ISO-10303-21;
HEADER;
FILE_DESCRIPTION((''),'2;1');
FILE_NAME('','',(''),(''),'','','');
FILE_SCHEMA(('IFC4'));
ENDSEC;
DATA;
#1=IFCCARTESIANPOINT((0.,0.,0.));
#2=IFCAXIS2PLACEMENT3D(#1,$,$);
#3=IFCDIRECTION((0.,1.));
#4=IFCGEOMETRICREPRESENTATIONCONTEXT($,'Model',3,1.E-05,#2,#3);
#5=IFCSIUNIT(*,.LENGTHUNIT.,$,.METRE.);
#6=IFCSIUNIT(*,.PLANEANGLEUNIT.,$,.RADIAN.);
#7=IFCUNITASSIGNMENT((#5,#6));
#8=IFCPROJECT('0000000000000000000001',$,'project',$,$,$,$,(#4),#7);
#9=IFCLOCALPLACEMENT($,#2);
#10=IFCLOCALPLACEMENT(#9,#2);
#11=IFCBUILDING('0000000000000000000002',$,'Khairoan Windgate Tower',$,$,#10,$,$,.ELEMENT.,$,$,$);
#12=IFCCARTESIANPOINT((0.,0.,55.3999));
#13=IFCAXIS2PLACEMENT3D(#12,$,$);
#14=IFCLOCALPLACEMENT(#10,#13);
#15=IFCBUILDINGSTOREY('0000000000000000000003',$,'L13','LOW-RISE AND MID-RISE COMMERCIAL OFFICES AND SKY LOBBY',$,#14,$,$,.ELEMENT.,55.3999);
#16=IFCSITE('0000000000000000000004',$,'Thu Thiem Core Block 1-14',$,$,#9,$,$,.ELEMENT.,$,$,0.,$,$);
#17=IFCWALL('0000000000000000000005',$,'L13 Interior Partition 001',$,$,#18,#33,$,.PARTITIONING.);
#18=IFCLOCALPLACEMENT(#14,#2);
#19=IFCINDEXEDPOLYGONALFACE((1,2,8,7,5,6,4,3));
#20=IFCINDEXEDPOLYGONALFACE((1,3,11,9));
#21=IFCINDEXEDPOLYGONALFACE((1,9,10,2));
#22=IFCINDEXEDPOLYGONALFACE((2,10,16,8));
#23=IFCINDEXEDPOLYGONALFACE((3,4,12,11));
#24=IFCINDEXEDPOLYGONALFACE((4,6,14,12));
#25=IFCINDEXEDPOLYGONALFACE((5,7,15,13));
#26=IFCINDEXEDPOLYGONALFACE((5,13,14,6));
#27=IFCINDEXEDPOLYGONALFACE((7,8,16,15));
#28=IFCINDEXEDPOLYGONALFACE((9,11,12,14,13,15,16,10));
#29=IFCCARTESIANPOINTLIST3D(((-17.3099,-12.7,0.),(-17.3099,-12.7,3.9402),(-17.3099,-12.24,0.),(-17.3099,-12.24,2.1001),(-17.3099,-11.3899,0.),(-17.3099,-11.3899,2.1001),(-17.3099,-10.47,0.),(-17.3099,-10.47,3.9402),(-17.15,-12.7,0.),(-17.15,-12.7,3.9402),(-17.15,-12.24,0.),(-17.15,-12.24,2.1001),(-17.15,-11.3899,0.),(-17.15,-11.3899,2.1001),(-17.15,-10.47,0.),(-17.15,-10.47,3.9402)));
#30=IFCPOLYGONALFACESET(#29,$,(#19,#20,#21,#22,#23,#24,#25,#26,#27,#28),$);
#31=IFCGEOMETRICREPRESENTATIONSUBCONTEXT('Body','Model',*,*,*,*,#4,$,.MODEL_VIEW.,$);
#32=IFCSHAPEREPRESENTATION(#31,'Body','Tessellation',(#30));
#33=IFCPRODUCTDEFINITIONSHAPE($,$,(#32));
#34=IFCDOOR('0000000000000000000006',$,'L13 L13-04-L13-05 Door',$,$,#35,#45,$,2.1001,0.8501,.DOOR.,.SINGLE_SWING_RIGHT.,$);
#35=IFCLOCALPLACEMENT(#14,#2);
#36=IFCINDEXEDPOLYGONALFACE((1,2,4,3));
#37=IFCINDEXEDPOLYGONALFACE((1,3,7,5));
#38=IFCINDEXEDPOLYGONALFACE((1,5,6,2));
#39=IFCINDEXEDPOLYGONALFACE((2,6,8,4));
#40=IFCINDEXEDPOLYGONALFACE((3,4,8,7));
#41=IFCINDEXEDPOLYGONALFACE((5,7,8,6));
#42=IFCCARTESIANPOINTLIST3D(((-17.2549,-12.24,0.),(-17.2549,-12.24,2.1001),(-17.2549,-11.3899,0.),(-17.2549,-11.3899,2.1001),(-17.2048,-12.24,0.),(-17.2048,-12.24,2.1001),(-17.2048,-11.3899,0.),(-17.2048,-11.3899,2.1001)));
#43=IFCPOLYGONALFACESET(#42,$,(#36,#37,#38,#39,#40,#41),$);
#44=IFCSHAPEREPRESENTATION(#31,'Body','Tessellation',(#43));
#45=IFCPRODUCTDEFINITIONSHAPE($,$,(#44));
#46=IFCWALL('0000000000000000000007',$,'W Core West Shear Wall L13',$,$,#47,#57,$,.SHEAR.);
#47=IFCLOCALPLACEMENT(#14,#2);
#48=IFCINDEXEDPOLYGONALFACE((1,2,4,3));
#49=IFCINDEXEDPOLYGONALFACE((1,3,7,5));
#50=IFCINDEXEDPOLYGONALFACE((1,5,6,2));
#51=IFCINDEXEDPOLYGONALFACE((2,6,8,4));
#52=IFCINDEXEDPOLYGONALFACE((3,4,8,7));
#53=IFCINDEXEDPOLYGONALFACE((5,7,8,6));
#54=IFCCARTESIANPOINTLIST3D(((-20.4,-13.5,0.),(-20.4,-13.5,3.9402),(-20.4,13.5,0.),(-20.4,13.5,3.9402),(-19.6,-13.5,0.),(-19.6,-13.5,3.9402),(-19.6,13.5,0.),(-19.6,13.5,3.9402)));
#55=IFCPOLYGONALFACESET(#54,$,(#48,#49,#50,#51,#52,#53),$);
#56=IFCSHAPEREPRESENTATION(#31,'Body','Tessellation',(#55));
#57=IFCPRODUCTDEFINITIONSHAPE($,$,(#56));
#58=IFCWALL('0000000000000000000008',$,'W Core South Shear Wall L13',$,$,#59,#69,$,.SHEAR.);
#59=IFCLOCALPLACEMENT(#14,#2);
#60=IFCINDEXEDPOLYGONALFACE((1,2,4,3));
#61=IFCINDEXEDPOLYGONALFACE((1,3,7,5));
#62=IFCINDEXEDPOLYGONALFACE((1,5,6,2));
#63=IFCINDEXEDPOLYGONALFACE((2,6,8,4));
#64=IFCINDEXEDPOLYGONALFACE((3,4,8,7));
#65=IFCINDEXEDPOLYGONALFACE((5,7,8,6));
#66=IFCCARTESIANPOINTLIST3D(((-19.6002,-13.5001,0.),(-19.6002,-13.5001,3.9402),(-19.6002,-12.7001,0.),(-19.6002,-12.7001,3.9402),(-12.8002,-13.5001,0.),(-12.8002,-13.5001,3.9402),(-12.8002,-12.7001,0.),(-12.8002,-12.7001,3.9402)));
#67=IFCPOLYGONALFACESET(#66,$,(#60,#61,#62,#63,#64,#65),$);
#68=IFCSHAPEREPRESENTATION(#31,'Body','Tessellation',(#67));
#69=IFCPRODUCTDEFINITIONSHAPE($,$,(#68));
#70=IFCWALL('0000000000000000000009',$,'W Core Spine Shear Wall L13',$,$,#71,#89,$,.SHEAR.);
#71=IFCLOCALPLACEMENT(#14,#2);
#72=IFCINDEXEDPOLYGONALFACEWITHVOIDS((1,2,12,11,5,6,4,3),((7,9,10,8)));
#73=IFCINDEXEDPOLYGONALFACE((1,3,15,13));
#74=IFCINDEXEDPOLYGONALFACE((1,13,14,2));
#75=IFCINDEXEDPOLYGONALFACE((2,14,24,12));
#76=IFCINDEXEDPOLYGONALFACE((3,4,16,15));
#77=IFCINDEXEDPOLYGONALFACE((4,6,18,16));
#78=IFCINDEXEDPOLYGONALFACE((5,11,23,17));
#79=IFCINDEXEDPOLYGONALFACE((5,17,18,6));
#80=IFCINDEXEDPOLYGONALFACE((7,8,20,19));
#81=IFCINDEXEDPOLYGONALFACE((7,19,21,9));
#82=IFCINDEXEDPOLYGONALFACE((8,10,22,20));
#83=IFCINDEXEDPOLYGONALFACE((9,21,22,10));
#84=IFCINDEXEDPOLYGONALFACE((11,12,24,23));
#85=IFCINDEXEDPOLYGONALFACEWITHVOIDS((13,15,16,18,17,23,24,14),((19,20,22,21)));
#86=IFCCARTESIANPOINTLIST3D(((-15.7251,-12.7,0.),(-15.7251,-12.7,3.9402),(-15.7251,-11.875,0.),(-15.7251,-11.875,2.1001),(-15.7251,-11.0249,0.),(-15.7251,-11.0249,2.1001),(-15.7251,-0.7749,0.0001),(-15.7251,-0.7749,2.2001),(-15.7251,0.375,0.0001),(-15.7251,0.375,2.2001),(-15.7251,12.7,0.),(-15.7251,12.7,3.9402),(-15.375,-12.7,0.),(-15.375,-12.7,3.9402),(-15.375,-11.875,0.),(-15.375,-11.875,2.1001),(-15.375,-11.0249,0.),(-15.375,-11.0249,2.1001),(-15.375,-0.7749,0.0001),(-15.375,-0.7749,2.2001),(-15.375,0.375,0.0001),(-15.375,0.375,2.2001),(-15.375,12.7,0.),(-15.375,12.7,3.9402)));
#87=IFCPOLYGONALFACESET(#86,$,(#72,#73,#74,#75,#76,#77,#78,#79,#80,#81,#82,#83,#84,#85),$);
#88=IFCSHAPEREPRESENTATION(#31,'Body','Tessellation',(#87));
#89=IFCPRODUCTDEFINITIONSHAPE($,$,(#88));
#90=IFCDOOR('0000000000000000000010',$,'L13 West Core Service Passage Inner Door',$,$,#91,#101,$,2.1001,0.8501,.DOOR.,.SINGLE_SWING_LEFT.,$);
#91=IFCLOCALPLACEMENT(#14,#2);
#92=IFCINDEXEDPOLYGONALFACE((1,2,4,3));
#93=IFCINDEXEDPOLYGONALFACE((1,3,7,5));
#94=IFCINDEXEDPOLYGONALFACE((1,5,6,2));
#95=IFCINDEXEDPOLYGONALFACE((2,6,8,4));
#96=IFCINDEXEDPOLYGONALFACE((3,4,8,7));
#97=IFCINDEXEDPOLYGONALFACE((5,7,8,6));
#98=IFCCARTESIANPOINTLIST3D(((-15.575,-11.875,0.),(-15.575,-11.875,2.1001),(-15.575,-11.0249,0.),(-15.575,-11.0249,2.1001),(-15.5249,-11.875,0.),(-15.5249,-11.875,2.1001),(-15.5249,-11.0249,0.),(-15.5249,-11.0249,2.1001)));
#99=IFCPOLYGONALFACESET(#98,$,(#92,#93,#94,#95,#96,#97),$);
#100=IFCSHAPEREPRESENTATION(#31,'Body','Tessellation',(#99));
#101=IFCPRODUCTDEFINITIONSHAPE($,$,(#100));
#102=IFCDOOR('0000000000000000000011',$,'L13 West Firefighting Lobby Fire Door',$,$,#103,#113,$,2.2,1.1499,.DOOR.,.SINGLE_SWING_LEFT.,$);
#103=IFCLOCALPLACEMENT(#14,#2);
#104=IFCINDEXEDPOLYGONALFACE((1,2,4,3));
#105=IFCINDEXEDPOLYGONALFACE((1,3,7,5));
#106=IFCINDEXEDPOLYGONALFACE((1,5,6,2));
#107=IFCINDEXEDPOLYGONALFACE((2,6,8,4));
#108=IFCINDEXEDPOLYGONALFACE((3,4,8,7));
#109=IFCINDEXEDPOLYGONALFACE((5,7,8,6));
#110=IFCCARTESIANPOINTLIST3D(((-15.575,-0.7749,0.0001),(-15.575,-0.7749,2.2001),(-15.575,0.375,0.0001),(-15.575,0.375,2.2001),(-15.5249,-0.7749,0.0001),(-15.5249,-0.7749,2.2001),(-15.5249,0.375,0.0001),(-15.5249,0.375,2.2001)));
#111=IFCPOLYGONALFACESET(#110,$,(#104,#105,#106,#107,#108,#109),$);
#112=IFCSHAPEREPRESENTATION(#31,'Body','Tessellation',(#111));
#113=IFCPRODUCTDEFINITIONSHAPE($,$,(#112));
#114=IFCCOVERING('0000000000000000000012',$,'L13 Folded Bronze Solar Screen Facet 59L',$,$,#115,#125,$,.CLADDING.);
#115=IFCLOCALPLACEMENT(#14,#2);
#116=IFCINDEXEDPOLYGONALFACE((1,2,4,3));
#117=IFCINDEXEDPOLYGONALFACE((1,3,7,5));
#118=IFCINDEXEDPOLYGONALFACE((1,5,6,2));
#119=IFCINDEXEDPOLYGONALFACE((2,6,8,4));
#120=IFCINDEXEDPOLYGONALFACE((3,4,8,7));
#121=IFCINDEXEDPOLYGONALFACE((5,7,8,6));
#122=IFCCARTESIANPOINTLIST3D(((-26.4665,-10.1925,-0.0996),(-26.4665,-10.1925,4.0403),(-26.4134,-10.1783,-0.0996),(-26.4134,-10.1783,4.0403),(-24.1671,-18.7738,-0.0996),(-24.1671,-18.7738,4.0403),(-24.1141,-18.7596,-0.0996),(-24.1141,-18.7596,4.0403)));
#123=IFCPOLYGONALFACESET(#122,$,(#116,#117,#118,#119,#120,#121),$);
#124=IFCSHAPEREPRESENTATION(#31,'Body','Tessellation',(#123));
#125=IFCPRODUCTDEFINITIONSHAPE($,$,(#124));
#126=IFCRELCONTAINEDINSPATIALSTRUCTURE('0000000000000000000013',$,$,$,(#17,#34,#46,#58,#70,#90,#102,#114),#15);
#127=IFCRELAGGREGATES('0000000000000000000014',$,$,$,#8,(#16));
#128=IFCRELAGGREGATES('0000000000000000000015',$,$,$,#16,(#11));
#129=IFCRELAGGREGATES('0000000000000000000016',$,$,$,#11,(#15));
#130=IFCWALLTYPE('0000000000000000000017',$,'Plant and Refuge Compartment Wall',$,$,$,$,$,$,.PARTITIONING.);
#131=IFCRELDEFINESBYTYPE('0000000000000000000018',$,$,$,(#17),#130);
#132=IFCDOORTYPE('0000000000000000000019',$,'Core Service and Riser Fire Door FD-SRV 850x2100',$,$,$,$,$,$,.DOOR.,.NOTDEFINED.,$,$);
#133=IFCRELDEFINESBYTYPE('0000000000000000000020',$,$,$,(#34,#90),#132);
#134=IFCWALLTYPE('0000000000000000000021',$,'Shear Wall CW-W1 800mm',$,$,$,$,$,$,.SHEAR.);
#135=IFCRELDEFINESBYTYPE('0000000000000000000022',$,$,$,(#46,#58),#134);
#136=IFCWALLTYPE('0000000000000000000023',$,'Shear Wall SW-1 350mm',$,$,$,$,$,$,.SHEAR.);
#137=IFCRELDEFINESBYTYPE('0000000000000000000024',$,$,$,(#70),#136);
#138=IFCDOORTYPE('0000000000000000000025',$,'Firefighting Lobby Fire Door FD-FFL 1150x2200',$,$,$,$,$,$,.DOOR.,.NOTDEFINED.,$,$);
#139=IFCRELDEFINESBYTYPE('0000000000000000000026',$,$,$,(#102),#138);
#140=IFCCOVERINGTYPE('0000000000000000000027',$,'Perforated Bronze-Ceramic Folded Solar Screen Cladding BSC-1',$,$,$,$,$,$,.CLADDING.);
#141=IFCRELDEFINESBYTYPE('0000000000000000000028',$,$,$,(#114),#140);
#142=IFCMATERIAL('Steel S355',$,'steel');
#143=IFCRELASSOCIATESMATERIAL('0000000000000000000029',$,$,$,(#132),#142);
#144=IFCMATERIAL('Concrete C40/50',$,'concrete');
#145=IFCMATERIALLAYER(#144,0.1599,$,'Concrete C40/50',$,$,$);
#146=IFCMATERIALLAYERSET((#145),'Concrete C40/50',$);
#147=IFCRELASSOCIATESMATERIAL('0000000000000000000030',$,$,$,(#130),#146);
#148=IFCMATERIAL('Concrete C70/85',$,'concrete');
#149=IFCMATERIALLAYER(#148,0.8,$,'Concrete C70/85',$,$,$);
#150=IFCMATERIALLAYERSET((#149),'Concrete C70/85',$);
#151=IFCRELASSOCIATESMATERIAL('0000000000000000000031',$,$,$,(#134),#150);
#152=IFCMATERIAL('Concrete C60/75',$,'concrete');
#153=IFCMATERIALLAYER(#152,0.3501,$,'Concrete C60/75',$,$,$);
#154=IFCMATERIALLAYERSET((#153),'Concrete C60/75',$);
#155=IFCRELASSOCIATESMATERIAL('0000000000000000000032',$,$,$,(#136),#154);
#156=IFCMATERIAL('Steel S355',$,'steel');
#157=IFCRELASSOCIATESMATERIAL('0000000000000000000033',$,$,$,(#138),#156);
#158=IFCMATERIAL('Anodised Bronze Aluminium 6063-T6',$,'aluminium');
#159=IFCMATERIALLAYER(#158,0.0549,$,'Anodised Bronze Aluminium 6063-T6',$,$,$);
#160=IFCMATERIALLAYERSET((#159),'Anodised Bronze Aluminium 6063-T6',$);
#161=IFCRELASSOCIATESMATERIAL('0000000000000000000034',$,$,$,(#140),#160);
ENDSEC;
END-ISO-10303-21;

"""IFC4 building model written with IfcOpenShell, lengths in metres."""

from ifc_helpers import new_model, si_unit, direction, frame, frame_2d, origin, origin_2d, place, context, subcontext, project, spatial, rectangle, extrude, material, layer, layer_set, type_object, element, fill, save


model = new_model("IFC4")

# Units and contexts
model_context = context("Model", 3, precision=1e-05, world=origin(), true_north=direction((0.0, 1.0)))
body_context = subcontext(model_context, "Body", "Model", "MODEL_VIEW")
ifc_project = project(units=[si_unit("LENGTHUNIT", "METRE"), si_unit("PLANEANGLEUNIT", "RADIAN")], contexts=[model_context])

# Site, building, storey
site_placement = place(None, origin())
site = spatial("IfcSite", under=ifc_project, at=site_placement, Name="Thu Thiem Core Block 1-14", CompositionType="ELEMENT", RefElevation=0.0)
building_placement = place(site_placement, origin())
building = spatial("IfcBuilding", under=site, at=building_placement, Name="Khairoan Windgate Tower", CompositionType="ELEMENT")
storey_placement = place(building_placement, frame((0.0, 0.0, 55.3999)))
storey = spatial("IfcBuildingStorey", under=building, at=storey_placement, Name="L13", Description="LOW-RISE AND MID-RISE COMMERCIAL OFFICES AND SKY LOBBY", CompositionType="ELEMENT", Elevation=55.3999)

# Wall, opening, door
ifc_material_1 = material(Name="Steel S355", Category="steel")
door_type_1 = type_object("IfcDoorType", Name="Core Service and Riser Fire Door FD-SRV 850x2100", OperationType="NOTDEFINED", PredefinedType="DOOR", material=ifc_material_1)
ifc_material_2 = material(Name="Concrete C40/50", Category="concrete")
ifc_layer_1 = layer(ifc_material_2, 0.1599, Name="Concrete C40/50")
ifc_layer_set_1 = layer_set([ifc_layer_1], Name="Concrete C40/50")
wall_type_1 = type_object("IfcWallType", Name="Plant and Refuge Compartment Wall", PredefinedType="PARTITIONING", material=ifc_layer_set_1)
wall_1_placement = place(storey_placement, frame((-17.23, -12.7, 0.0), z_axis=(0.0, 0.0, 1.0), x_axis=(0.0, 1.0, 0.0)))
wall_1 = element("IfcWall", 1, at=wall_1_placement, inside=storey, type_object=wall_type_1, Name="L13 Interior Partition 001", PredefinedType="PARTITIONING", context=body_context, shape_type="SweptSolid", body=[
    extrude(rectangle(XDim=2.23, YDim=0.1599, at=frame_2d((1.115, 0.0))), origin(), (0.0, 0.0, 1.0), 3.9402),
])
opening_1_placement = place(wall_1_placement, frame((0.46, 0.0, 0.0)))
opening_1 = element("IfcOpeningElement", 2, at=opening_1_placement, cuts=wall_1, PredefinedType="OPENING", context=body_context, shape_type="SweptSolid", body=[
    extrude(rectangle(XDim=0.8501, YDim=2.1001, at=frame_2d((0.425, 1.05))), frame((0.0, 0.0898, 0.0), z_axis=(0.0, -1.0, 0.0), x_axis=(1.0, 0.0, 0.0)), (0.0, 0.0, 1.0), 0.1799),
])
door_1_placement = place(opening_1_placement, origin())
door_1 = element("IfcDoor", 3, at=door_1_placement, inside=storey, type_object=door_type_1, Name="L13 L13-04-L13-05 Door", OperationType="SINGLE_SWING_RIGHT", OverallHeight=2.1001, OverallWidth=0.8501, PredefinedType="DOOR", context=body_context, shape_type="SweptSolid", body=[
    extrude(rectangle(XDim=0.8501, YDim=2.1001, at=frame_2d((0.425, 1.05))), frame((0.0, 0.0249, 0.0), z_axis=(0.0, -1.0, 0.0), x_axis=(1.0, 0.0, 0.0)), (0.0, 0.0, 1.0), 0.05),
])
fill(opening_1, door_1)

# Walls
ifc_material_3 = material(Name="Concrete C70/85", Category="concrete")
ifc_layer_2 = layer(ifc_material_3, 0.8, Name="Concrete C70/85")
ifc_layer_set_2 = layer_set([ifc_layer_2], Name="Concrete C70/85")
wall_type_2 = type_object("IfcWallType", Name="Shear Wall CW-W1 800mm", PredefinedType="SHEAR", material=ifc_layer_set_2)
wall_2_placement = place(storey_placement, frame((-20.0, -13.5, 0.0), z_axis=(0.0, 0.0, 1.0), x_axis=(0.0, 1.0, 0.0)))
element("IfcWall", 4, at=wall_2_placement, inside=storey, type_object=wall_type_2, Name="W Core West Shear Wall L13", PredefinedType="SHEAR", context=body_context, shape_type="SweptSolid", body=[
    extrude(rectangle(XDim=27.0, YDim=0.8, at=frame_2d((13.5, 0.0))), origin(), (0.0, 0.0, 1.0), 3.9402),
])
wall_3_placement = place(storey_placement, frame((-19.6001, -13.1001, 0.0), z_axis=(0.0, 0.0, 1.0), x_axis=(1.0, 0.0, 0.0)))
element("IfcWall", 5, at=wall_3_placement, inside=storey, type_object=wall_type_2, Name="W Core South Shear Wall L13", PredefinedType="SHEAR", context=body_context, shape_type="SweptSolid", body=[
    extrude(rectangle(XDim=6.8, YDim=0.8, at=frame_2d((3.3999, 0.0))), origin(), (0.0, 0.0, 1.0), 3.9402),
])

# Wall, openings, doors
ifc_material_4 = material(Name="Concrete C60/75", Category="concrete")
ifc_layer_3 = layer(ifc_material_4, 0.3501, Name="Concrete C60/75")
ifc_layer_set_3 = layer_set([ifc_layer_3], Name="Concrete C60/75")
wall_type_3 = type_object("IfcWallType", Name="Shear Wall SW-1 350mm", PredefinedType="SHEAR", material=ifc_layer_set_3)
wall_4_placement = place(storey_placement, frame((-15.55, -12.7, 0.0), z_axis=(0.0, 0.0, 1.0), x_axis=(0.0, 1.0, 0.0)))
wall_4 = element("IfcWall", 6, at=wall_4_placement, inside=storey, type_object=wall_type_3, Name="W Core Spine Shear Wall L13", PredefinedType="SHEAR", context=body_context, shape_type="SweptSolid", body=[
    extrude(rectangle(XDim=25.3999, YDim=0.3501, at=frame_2d((12.7, 0.0))), origin(), (0.0, 0.0, 1.0), 3.9402),
])
opening_2_placement = place(wall_4_placement, frame((11.925, 0.0, 0.0)))
opening_2 = element("IfcOpeningElement", 7, at=opening_2_placement, cuts=wall_4, PredefinedType="OPENING", context=body_context, shape_type="SweptSolid", body=[
    extrude(rectangle(XDim=1.1499, YDim=2.2, at=frame_2d((0.575, 1.1001))), frame((0.0, 0.1851, 0.0), z_axis=(0.0, -1.0, 0.0), x_axis=(1.0, 0.0, 0.0)), (0.0, 0.0, 1.0), 0.3701),
])
opening_3_placement = place(wall_4_placement, frame((0.825, 0.0, 0.0)))
opening_3 = element("IfcOpeningElement", 8, at=opening_3_placement, cuts=wall_4, PredefinedType="OPENING", context=body_context, shape_type="SweptSolid", body=[
    extrude(rectangle(XDim=0.8501, YDim=2.1001, at=frame_2d((0.425, 1.05))), frame((0.0, 0.1851, 0.0), z_axis=(0.0, -1.0, 0.0), x_axis=(1.0, 0.0, 0.0)), (0.0, 0.0, 1.0), 0.3701),
])
door_2_placement = place(opening_3_placement, origin())
door_2 = element("IfcDoor", 9, at=door_2_placement, inside=storey, type_object=door_type_1, Name="L13 West Core Service Passage Inner Door", OperationType="SINGLE_SWING_LEFT", OverallHeight=2.1001, OverallWidth=0.8501, PredefinedType="DOOR", context=body_context, shape_type="SweptSolid", body=[
    extrude(rectangle(XDim=0.8501, YDim=2.1001, at=frame_2d((0.425, 1.05))), frame((0.0, 0.0249, 0.0), z_axis=(0.0, -1.0, 0.0), x_axis=(1.0, 0.0, 0.0)), (0.0, 0.0, 1.0), 0.05),
])
fill(opening_3, door_2)
ifc_material_5 = material(Name="Steel S355", Category="steel")
door_type_2 = type_object("IfcDoorType", Name="Firefighting Lobby Fire Door FD-FFL 1150x2200", OperationType="NOTDEFINED", PredefinedType="DOOR", material=ifc_material_5)
door_3_placement = place(opening_2_placement, origin())
door_3 = element("IfcDoor", 10, at=door_3_placement, inside=storey, type_object=door_type_2, Name="L13 West Firefighting Lobby Fire Door", OperationType="SINGLE_SWING_LEFT", OverallHeight=2.2, OverallWidth=1.1499, PredefinedType="DOOR", context=body_context, shape_type="SweptSolid", body=[
    extrude(rectangle(XDim=1.1499, YDim=2.2, at=frame_2d((0.575, 1.1001))), frame((0.0, 0.0249, 0.0), z_axis=(0.0, -1.0, 0.0), x_axis=(1.0, 0.0, 0.0)), (0.0, 0.0, 1.0), 0.05),
])
fill(opening_2, door_3)

# Covering
ifc_material_6 = material(Name="Anodised Bronze Aluminium 6063-T6", Category="aluminium")
ifc_layer_4 = layer(ifc_material_6, 0.0549, Name="Anodised Bronze Aluminium 6063-T6")
ifc_layer_set_4 = layer_set([ifc_layer_4], Name="Anodised Bronze Aluminium 6063-T6")
covering_type = type_object("IfcCoveringType", Name="Perforated Bronze-Ceramic Folded Solar Screen Cladding BSC-1", PredefinedType="CLADDING", material=ifc_layer_set_4)
covering_placement = place(storey_placement, frame((-25.2903, -14.4761, -0.0996), z_axis=(0.0, 0.0, 1.0), x_axis=(-0.258819, 0.965926, 0.0)))
element("IfcCovering", 11, at=covering_placement, inside=storey, type_object=covering_type, Name="L13 Folded Bronze Solar Screen Facet 59L", PredefinedType="CLADDING", context=body_context, shape_type="SweptSolid", body=[
    extrude(rectangle(XDim=8.884, YDim=0.0549, at=origin_2d()), origin(), (0.0, 0.0, 1.0), 4.1399),
])

save(model, "model.ifc")
